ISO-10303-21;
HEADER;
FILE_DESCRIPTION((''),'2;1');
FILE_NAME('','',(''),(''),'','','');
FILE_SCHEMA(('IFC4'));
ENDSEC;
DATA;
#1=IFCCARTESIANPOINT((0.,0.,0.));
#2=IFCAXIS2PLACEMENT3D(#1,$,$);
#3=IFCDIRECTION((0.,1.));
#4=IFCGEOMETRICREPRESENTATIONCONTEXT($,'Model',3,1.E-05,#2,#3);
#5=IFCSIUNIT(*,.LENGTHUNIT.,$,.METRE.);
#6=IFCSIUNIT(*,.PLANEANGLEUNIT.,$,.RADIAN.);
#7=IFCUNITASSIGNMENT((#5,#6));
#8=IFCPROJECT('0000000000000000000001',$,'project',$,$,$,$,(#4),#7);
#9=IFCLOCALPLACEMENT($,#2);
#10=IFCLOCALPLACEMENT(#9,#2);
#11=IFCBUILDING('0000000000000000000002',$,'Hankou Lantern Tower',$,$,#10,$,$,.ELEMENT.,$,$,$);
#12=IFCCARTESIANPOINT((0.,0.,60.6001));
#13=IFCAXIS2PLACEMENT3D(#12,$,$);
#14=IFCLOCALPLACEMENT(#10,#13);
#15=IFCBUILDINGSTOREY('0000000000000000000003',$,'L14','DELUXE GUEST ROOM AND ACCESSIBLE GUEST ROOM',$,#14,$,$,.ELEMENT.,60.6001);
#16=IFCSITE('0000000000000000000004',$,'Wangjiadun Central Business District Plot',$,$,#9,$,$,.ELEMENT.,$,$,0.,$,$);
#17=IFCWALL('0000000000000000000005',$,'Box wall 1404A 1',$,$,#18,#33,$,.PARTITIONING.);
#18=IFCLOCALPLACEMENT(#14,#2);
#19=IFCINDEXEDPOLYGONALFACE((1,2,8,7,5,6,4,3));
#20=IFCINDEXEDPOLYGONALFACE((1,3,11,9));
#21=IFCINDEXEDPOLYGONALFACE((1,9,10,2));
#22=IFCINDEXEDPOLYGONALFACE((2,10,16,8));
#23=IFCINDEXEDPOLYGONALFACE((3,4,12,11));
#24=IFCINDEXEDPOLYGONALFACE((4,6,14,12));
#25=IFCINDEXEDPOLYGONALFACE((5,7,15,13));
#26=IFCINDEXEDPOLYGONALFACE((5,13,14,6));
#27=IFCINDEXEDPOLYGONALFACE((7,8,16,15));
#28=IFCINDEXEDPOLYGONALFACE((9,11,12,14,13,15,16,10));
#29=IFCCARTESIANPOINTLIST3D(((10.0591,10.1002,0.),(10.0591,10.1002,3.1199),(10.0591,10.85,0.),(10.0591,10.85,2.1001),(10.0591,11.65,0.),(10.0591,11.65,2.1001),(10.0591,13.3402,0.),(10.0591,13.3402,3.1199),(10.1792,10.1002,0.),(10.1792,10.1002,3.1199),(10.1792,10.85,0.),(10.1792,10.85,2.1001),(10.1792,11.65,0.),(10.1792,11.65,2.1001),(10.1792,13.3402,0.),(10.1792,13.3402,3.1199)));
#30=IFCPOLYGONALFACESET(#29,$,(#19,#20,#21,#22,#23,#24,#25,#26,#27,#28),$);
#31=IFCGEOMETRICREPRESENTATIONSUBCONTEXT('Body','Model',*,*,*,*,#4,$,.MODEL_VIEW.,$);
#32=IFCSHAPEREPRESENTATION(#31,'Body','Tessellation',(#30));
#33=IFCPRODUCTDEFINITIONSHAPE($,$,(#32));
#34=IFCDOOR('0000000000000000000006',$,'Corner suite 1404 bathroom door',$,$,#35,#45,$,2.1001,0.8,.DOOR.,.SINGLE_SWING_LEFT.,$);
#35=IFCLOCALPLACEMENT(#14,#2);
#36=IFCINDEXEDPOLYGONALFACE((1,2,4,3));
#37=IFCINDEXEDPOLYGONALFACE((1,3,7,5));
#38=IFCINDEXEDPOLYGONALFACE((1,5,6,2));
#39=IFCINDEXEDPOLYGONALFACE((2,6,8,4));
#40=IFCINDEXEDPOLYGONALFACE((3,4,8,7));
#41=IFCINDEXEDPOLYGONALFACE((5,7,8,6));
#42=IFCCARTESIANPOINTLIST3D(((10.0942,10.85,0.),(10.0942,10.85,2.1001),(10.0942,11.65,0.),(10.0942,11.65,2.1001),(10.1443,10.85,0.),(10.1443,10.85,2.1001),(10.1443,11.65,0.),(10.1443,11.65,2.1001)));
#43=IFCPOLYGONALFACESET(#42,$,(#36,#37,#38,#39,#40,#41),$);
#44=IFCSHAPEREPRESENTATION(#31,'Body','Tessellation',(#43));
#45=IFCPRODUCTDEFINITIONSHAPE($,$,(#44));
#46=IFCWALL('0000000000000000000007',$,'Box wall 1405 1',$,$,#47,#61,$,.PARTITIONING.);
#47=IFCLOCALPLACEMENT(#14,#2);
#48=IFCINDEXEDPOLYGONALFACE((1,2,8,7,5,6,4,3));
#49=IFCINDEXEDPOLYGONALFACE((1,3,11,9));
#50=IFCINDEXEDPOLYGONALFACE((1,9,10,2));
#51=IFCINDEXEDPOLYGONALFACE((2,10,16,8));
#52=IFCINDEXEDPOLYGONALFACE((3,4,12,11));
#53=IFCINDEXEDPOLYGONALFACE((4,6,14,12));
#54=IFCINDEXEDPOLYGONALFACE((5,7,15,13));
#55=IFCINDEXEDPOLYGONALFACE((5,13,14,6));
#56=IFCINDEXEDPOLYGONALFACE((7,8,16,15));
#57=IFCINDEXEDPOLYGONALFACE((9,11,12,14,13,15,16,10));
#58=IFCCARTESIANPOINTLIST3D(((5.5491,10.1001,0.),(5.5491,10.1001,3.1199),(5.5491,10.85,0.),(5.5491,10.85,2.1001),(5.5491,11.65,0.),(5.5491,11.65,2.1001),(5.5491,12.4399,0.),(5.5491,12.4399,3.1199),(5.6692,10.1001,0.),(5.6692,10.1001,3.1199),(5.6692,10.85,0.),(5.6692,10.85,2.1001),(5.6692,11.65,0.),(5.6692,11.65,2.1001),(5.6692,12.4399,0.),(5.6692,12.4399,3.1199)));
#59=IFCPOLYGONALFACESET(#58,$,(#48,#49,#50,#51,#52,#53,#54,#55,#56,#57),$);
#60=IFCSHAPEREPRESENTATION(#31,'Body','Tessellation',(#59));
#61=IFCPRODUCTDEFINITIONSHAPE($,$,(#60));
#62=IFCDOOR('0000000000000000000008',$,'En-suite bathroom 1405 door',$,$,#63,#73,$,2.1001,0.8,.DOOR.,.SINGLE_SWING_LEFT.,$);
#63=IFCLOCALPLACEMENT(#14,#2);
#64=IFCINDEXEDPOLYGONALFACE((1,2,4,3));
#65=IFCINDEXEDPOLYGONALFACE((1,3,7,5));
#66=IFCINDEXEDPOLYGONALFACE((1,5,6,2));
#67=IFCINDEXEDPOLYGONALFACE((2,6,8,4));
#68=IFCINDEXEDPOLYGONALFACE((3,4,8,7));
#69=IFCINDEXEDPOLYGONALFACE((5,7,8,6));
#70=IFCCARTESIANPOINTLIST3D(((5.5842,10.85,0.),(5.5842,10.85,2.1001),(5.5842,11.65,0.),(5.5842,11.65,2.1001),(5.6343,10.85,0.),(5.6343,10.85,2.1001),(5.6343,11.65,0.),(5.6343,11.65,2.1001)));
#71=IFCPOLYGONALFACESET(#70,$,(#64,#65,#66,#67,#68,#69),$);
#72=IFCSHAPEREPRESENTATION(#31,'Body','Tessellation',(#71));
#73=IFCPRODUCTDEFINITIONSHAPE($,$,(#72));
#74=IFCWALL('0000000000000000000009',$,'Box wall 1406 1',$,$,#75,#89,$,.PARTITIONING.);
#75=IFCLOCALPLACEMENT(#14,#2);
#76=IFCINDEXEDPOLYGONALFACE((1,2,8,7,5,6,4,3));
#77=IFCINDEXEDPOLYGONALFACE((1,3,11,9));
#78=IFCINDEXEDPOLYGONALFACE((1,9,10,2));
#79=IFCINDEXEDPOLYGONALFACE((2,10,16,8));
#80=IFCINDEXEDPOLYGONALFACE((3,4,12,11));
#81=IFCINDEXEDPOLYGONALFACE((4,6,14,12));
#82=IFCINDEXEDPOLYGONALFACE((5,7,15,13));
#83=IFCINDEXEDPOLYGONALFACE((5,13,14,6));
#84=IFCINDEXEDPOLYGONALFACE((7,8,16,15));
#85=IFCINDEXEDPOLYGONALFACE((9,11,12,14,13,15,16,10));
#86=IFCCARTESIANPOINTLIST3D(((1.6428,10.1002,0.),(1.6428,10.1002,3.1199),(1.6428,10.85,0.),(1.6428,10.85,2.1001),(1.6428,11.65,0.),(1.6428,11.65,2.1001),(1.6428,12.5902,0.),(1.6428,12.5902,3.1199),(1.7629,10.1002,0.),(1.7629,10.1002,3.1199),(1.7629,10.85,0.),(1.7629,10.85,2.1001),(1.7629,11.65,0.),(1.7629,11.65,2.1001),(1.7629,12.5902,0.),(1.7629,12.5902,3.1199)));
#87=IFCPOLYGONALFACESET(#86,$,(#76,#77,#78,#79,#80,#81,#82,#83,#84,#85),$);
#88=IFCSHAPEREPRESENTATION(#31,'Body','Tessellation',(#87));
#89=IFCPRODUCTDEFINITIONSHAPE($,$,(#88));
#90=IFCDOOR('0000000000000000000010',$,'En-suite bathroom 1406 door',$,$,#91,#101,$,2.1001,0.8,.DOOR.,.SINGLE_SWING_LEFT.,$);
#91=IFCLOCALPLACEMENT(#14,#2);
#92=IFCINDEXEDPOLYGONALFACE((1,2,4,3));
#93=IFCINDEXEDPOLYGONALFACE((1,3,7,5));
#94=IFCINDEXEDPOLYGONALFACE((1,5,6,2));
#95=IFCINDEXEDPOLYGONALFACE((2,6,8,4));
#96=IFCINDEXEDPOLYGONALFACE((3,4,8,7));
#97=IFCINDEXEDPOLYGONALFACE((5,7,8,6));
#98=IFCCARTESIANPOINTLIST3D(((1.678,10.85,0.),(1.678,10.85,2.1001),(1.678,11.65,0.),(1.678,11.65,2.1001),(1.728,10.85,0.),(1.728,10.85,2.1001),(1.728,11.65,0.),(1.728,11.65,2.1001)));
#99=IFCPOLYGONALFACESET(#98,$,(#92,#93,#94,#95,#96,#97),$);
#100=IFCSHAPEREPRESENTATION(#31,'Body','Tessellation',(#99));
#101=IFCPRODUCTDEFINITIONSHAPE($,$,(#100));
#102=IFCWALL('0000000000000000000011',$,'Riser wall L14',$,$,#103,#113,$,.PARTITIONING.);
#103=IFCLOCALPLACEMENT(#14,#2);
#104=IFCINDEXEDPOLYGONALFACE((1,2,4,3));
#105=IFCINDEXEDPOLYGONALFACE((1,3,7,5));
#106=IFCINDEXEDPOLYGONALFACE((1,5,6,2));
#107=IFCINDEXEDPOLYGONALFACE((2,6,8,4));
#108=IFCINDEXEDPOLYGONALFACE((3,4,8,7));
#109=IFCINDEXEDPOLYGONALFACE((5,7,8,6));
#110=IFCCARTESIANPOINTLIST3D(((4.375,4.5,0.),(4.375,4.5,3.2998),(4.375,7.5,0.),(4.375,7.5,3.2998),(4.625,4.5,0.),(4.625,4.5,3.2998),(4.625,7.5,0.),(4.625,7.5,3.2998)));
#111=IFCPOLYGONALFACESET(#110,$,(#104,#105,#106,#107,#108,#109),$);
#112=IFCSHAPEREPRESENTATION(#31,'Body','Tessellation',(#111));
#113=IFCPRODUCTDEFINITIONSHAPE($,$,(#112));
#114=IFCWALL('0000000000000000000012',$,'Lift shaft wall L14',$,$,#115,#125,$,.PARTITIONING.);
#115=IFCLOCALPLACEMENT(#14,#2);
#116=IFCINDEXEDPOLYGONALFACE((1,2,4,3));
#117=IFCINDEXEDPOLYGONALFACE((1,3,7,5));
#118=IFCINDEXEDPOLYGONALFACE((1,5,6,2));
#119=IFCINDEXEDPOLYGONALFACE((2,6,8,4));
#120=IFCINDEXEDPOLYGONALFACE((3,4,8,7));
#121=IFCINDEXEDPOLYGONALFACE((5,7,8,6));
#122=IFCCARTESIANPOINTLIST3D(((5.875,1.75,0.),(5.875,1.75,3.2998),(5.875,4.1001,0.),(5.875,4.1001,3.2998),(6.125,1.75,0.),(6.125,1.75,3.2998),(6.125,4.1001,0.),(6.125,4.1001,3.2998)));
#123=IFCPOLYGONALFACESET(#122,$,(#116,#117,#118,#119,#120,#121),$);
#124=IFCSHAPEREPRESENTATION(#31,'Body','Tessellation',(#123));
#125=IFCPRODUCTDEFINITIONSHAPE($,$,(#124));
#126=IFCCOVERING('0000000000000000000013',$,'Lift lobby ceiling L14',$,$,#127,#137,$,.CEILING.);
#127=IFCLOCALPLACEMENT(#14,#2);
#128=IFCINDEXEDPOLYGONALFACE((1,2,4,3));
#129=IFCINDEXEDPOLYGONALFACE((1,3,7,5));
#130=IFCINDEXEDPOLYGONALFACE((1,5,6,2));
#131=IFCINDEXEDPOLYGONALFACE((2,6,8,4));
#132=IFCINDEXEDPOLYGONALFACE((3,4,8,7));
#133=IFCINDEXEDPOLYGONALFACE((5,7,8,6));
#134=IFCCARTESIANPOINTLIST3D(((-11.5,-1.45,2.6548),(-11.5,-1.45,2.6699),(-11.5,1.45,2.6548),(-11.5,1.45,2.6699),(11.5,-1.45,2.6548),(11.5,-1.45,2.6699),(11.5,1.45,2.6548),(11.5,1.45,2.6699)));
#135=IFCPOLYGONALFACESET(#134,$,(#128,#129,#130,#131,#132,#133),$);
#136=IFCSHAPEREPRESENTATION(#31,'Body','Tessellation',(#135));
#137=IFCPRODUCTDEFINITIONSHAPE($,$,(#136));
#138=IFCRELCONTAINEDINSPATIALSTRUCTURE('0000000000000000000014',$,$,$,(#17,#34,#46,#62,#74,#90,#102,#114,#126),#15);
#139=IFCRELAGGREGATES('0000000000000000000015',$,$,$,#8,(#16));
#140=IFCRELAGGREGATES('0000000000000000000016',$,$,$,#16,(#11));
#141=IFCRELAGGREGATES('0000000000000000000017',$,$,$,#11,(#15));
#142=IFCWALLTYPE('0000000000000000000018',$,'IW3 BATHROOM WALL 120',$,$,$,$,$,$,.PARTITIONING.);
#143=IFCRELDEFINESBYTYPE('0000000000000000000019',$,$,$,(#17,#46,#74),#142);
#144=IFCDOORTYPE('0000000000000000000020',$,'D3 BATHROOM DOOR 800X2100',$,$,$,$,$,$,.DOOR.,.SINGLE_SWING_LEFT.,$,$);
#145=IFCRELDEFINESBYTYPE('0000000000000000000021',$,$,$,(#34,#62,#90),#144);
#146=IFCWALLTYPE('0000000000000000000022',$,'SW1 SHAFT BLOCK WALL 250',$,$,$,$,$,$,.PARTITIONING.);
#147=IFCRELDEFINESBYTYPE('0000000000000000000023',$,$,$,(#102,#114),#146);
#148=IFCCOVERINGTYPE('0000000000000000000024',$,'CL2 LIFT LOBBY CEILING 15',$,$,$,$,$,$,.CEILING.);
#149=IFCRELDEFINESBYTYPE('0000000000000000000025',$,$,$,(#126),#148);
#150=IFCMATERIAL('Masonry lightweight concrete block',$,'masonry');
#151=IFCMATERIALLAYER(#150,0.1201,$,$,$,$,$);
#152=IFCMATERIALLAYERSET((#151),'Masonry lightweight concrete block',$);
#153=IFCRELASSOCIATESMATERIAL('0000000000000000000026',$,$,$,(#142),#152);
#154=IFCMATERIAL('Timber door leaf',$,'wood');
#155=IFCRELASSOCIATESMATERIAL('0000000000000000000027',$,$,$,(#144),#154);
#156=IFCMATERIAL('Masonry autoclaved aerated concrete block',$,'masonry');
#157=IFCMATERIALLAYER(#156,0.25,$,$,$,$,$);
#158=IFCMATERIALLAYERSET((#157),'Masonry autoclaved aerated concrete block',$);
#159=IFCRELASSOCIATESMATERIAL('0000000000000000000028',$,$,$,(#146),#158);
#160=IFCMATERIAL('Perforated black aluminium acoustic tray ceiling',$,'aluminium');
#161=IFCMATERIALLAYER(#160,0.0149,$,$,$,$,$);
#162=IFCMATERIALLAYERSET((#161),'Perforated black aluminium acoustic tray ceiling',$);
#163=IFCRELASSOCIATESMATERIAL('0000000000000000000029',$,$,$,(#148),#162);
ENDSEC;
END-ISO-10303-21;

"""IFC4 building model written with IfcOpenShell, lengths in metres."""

from ifc_helpers import new_model, si_unit, direction, frame, frame_2d, origin, place, context, subcontext, project, spatial, polyline, rectangle, outline, extrude, material, layer, layer_set, type_object, element, fill, save


model = new_model("IFC4")

# Units and contexts
model_context = context("Model", 3, precision=1e-05, world=origin(), true_north=direction((0.0, 1.0)))
body_context = subcontext(model_context, "Body", "Model", "MODEL_VIEW")
ifc_project = project(units=[si_unit("LENGTHUNIT", "METRE"), si_unit("PLANEANGLEUNIT", "RADIAN")], contexts=[model_context])

# Site, building, storey
site_placement = place(None, origin())
site = spatial("IfcSite", under=ifc_project, at=site_placement, Name="Wangjiadun Central Business District Plot", CompositionType="ELEMENT", RefElevation=0.0)
building_placement = place(site_placement, origin())
building = spatial("IfcBuilding", under=site, at=building_placement, Name="Hankou Lantern Tower", CompositionType="ELEMENT")
storey_placement = place(building_placement, frame((0.0, 0.0, 60.6001)))
storey = spatial("IfcBuildingStorey", under=building, at=storey_placement, Name="L14", Description="DELUXE GUEST ROOM AND ACCESSIBLE GUEST ROOM", CompositionType="ELEMENT", Elevation=60.6001)

# Walls, openings, doors
ifc_material_1 = material(Name="Masonry lightweight concrete block", Category="masonry")
ifc_layer_1 = layer(ifc_material_1, 0.1201)
ifc_layer_set_1 = layer_set([ifc_layer_1], Name="Masonry lightweight concrete block")
wall_type_1 = type_object("IfcWallType", Name="IW3 BATHROOM WALL 120", PredefinedType="PARTITIONING", material=ifc_layer_set_1)
wall_1_placement = place(storey_placement, frame((10.1191, 10.1001, 0.0), z_axis=(0.0, 0.0, 1.0), x_axis=(0.0, 1.0, 0.0)))
wall_1 = element("IfcWall", 1, at=wall_1_placement, inside=storey, type_object=wall_type_1, Name="Box wall 1404A 1", PredefinedType="PARTITIONING", context=body_context, shape_type="SweptSolid", body=[
    extrude(rectangle(XDim=3.24, YDim=0.1201, at=frame_2d((1.6201, 0.0))), origin(), (0.0, 0.0, 1.0), 3.1199),
])
opening_1_placement = place(wall_1_placement, frame((0.75, 0.0, 0.0)))
opening_1 = element("IfcOpeningElement", 2, at=opening_1_placement, cuts=wall_1, PredefinedType="OPENING", context=body_context, shape_type="SweptSolid", body=[
    extrude(rectangle(XDim=0.8, YDim=2.1001, at=frame_2d((0.3999, 1.05))), frame((0.0, 0.0701, 0.0), z_axis=(0.0, -1.0, 0.0), x_axis=(1.0, 0.0, 0.0)), (0.0, 0.0, 1.0), 0.1401),
])
ifc_material_2 = material(Name="Timber door leaf", Category="wood")
door_type_1 = type_object("IfcDoorType", Name="D3 BATHROOM DOOR 800X2100", OperationType="SINGLE_SWING_LEFT", PredefinedType="DOOR", material=ifc_material_2)
door_1_placement = place(opening_1_placement, origin())
door_1 = element("IfcDoor", 3, at=door_1_placement, inside=storey, type_object=door_type_1, Name="Corner suite 1404 bathroom door", OperationType="SINGLE_SWING_LEFT", OverallHeight=2.1001, OverallWidth=0.8, PredefinedType="DOOR", context=body_context, shape_type="SweptSolid", body=[
    extrude(rectangle(XDim=0.8, YDim=2.1001, at=frame_2d((0.3999, 1.05))), frame((0.0, 0.0249, 0.0), z_axis=(0.0, -1.0, 0.0), x_axis=(1.0, 0.0, 0.0)), (0.0, 0.0, 1.0), 0.05),
])
fill(opening_1, door_1)
wall_2_placement = place(storey_placement, frame((5.6091, 10.1001, 0.0), z_axis=(0.0, 0.0, 1.0), x_axis=(0.0, 1.0, 0.0)))
wall_2 = element("IfcWall", 4, at=wall_2_placement, inside=storey, type_object=wall_type_1, Name="Box wall 1405 1", PredefinedType="PARTITIONING", context=body_context, shape_type="SweptSolid", body=[
    extrude(rectangle(XDim=2.3398, YDim=0.1201, at=frame_2d((1.1699, 0.0))), origin(), (0.0, 0.0, 1.0), 3.1199),
])
opening_2_placement = place(wall_2_placement, frame((0.75, 0.0, 0.0)))
opening_2 = element("IfcOpeningElement", 5, at=opening_2_placement, cuts=wall_2, PredefinedType="OPENING", context=body_context, shape_type="SweptSolid", body=[
    extrude(rectangle(XDim=0.8, YDim=2.1001, at=frame_2d((0.3999, 1.05))), frame((0.0, 0.0701, 0.0), z_axis=(0.0, -1.0, 0.0), x_axis=(1.0, 0.0, 0.0)), (0.0, 0.0, 1.0), 0.1401),
])
door_2_placement = place(opening_2_placement, origin())
door_2 = element("IfcDoor", 6, at=door_2_placement, inside=storey, type_object=door_type_1, Name="En-suite bathroom 1405 door", OperationType="SINGLE_SWING_LEFT", OverallHeight=2.1001, OverallWidth=0.8, PredefinedType="DOOR", context=body_context, shape_type="SweptSolid", body=[
    extrude(rectangle(XDim=0.8, YDim=2.1001, at=frame_2d((0.3999, 1.05))), frame((0.0, 0.0249, 0.0), z_axis=(0.0, -1.0, 0.0), x_axis=(1.0, 0.0, 0.0)), (0.0, 0.0, 1.0), 0.05),
])
fill(opening_2, door_2)
wall_3_placement = place(storey_placement, frame((1.7029, 10.1001, 0.0), z_axis=(0.0, 0.0, 1.0), x_axis=(0.0, 1.0, 0.0)))
wall_3 = element("IfcWall", 7, at=wall_3_placement, inside=storey, type_object=wall_type_1, Name="Box wall 1406 1", PredefinedType="PARTITIONING", context=body_context, shape_type="SweptSolid", body=[
    extrude(rectangle(XDim=2.49, YDim=0.1201, at=frame_2d((1.2451, 0.0))), origin(), (0.0, 0.0, 1.0), 3.1199),
])
opening_3_placement = place(wall_3_placement, frame((0.75, 0.0, 0.0)))
opening_3 = element("IfcOpeningElement", 8, at=opening_3_placement, cuts=wall_3, PredefinedType="OPENING", context=body_context, shape_type="SweptSolid", body=[
    extrude(rectangle(XDim=0.8, YDim=2.1001, at=frame_2d((0.3999, 1.05))), frame((0.0, 0.0701, 0.0), z_axis=(0.0, -1.0, 0.0), x_axis=(1.0, 0.0, 0.0)), (0.0, 0.0, 1.0), 0.1401),
])
door_3_placement = place(opening_3_placement, origin())
door_3 = element("IfcDoor", 9, at=door_3_placement, inside=storey, type_object=door_type_1, Name="En-suite bathroom 1406 door", OperationType="SINGLE_SWING_LEFT", OverallHeight=2.1001, OverallWidth=0.8, PredefinedType="DOOR", context=body_context, shape_type="SweptSolid", body=[
    extrude(rectangle(XDim=0.8, YDim=2.1001, at=frame_2d((0.3999, 1.05))), frame((0.0, 0.0249, 0.0), z_axis=(0.0, -1.0, 0.0), x_axis=(1.0, 0.0, 0.0)), (0.0, 0.0, 1.0), 0.05),
])
fill(opening_3, door_3)

# Walls
ifc_material_3 = material(Name="Masonry autoclaved aerated concrete block", Category="masonry")
ifc_layer_2 = layer(ifc_material_3, 0.25)
ifc_layer_set_2 = layer_set([ifc_layer_2], Name="Masonry autoclaved aerated concrete block")
wall_type_2 = type_object("IfcWallType", Name="SW1 SHAFT BLOCK WALL 250", PredefinedType="PARTITIONING", material=ifc_layer_set_2)
wall_4_placement = place(storey_placement, frame((4.5, 4.5, 0.0), z_axis=(0.0, 0.0, 1.0), x_axis=(0.0, 1.0, 0.0)))
element("IfcWall", 10, at=wall_4_placement, inside=storey, type_object=wall_type_2, Name="Riser wall L14", PredefinedType="PARTITIONING", context=body_context, shape_type="SweptSolid", body=[
    extrude(rectangle(XDim=3.0, YDim=0.25, at=frame_2d((1.5, 0.0))), origin(), (0.0, 0.0, 1.0), 3.2998),
])
wall_5_placement = place(storey_placement, frame((6.0, 1.75, 0.0), z_axis=(0.0, 0.0, 1.0), x_axis=(0.0, 1.0, 0.0)))
element("IfcWall", 11, at=wall_5_placement, inside=storey, type_object=wall_type_2, Name="Lift shaft wall L14", PredefinedType="PARTITIONING", context=body_context, shape_type="SweptSolid", body=[
    extrude(rectangle(XDim=2.3501, YDim=0.25, at=frame_2d((1.175, 0.0))), origin(), (0.0, 0.0, 1.0), 3.2998),
])

# Covering
ifc_material_4 = material(Name="Perforated black aluminium acoustic tray ceiling", Category="aluminium")
ifc_layer_3 = layer(ifc_material_4, 0.0149)
ifc_layer_set_3 = layer_set([ifc_layer_3], Name="Perforated black aluminium acoustic tray ceiling")
covering_type = type_object("IfcCoveringType", Name="CL2 LIFT LOBBY CEILING 15", PredefinedType="CEILING", material=ifc_layer_set_3)
covering_placement = place(storey_placement, frame((0.0, 0.0, 2.6548)))
element("IfcCovering", 12, at=covering_placement, inside=storey, type_object=covering_type, Name="Lift lobby ceiling L14", PredefinedType="CEILING", context=body_context, shape_type="SweptSolid", body=[
    extrude(outline(polyline([(-11.5, -1.45), (11.5, -1.45), (11.5, 1.45), (-11.5, 1.45), (-11.5, -1.45)])), origin(), (0.0, 0.0, 1.0), 0.0151),
])

save(model, "model.ifc")
